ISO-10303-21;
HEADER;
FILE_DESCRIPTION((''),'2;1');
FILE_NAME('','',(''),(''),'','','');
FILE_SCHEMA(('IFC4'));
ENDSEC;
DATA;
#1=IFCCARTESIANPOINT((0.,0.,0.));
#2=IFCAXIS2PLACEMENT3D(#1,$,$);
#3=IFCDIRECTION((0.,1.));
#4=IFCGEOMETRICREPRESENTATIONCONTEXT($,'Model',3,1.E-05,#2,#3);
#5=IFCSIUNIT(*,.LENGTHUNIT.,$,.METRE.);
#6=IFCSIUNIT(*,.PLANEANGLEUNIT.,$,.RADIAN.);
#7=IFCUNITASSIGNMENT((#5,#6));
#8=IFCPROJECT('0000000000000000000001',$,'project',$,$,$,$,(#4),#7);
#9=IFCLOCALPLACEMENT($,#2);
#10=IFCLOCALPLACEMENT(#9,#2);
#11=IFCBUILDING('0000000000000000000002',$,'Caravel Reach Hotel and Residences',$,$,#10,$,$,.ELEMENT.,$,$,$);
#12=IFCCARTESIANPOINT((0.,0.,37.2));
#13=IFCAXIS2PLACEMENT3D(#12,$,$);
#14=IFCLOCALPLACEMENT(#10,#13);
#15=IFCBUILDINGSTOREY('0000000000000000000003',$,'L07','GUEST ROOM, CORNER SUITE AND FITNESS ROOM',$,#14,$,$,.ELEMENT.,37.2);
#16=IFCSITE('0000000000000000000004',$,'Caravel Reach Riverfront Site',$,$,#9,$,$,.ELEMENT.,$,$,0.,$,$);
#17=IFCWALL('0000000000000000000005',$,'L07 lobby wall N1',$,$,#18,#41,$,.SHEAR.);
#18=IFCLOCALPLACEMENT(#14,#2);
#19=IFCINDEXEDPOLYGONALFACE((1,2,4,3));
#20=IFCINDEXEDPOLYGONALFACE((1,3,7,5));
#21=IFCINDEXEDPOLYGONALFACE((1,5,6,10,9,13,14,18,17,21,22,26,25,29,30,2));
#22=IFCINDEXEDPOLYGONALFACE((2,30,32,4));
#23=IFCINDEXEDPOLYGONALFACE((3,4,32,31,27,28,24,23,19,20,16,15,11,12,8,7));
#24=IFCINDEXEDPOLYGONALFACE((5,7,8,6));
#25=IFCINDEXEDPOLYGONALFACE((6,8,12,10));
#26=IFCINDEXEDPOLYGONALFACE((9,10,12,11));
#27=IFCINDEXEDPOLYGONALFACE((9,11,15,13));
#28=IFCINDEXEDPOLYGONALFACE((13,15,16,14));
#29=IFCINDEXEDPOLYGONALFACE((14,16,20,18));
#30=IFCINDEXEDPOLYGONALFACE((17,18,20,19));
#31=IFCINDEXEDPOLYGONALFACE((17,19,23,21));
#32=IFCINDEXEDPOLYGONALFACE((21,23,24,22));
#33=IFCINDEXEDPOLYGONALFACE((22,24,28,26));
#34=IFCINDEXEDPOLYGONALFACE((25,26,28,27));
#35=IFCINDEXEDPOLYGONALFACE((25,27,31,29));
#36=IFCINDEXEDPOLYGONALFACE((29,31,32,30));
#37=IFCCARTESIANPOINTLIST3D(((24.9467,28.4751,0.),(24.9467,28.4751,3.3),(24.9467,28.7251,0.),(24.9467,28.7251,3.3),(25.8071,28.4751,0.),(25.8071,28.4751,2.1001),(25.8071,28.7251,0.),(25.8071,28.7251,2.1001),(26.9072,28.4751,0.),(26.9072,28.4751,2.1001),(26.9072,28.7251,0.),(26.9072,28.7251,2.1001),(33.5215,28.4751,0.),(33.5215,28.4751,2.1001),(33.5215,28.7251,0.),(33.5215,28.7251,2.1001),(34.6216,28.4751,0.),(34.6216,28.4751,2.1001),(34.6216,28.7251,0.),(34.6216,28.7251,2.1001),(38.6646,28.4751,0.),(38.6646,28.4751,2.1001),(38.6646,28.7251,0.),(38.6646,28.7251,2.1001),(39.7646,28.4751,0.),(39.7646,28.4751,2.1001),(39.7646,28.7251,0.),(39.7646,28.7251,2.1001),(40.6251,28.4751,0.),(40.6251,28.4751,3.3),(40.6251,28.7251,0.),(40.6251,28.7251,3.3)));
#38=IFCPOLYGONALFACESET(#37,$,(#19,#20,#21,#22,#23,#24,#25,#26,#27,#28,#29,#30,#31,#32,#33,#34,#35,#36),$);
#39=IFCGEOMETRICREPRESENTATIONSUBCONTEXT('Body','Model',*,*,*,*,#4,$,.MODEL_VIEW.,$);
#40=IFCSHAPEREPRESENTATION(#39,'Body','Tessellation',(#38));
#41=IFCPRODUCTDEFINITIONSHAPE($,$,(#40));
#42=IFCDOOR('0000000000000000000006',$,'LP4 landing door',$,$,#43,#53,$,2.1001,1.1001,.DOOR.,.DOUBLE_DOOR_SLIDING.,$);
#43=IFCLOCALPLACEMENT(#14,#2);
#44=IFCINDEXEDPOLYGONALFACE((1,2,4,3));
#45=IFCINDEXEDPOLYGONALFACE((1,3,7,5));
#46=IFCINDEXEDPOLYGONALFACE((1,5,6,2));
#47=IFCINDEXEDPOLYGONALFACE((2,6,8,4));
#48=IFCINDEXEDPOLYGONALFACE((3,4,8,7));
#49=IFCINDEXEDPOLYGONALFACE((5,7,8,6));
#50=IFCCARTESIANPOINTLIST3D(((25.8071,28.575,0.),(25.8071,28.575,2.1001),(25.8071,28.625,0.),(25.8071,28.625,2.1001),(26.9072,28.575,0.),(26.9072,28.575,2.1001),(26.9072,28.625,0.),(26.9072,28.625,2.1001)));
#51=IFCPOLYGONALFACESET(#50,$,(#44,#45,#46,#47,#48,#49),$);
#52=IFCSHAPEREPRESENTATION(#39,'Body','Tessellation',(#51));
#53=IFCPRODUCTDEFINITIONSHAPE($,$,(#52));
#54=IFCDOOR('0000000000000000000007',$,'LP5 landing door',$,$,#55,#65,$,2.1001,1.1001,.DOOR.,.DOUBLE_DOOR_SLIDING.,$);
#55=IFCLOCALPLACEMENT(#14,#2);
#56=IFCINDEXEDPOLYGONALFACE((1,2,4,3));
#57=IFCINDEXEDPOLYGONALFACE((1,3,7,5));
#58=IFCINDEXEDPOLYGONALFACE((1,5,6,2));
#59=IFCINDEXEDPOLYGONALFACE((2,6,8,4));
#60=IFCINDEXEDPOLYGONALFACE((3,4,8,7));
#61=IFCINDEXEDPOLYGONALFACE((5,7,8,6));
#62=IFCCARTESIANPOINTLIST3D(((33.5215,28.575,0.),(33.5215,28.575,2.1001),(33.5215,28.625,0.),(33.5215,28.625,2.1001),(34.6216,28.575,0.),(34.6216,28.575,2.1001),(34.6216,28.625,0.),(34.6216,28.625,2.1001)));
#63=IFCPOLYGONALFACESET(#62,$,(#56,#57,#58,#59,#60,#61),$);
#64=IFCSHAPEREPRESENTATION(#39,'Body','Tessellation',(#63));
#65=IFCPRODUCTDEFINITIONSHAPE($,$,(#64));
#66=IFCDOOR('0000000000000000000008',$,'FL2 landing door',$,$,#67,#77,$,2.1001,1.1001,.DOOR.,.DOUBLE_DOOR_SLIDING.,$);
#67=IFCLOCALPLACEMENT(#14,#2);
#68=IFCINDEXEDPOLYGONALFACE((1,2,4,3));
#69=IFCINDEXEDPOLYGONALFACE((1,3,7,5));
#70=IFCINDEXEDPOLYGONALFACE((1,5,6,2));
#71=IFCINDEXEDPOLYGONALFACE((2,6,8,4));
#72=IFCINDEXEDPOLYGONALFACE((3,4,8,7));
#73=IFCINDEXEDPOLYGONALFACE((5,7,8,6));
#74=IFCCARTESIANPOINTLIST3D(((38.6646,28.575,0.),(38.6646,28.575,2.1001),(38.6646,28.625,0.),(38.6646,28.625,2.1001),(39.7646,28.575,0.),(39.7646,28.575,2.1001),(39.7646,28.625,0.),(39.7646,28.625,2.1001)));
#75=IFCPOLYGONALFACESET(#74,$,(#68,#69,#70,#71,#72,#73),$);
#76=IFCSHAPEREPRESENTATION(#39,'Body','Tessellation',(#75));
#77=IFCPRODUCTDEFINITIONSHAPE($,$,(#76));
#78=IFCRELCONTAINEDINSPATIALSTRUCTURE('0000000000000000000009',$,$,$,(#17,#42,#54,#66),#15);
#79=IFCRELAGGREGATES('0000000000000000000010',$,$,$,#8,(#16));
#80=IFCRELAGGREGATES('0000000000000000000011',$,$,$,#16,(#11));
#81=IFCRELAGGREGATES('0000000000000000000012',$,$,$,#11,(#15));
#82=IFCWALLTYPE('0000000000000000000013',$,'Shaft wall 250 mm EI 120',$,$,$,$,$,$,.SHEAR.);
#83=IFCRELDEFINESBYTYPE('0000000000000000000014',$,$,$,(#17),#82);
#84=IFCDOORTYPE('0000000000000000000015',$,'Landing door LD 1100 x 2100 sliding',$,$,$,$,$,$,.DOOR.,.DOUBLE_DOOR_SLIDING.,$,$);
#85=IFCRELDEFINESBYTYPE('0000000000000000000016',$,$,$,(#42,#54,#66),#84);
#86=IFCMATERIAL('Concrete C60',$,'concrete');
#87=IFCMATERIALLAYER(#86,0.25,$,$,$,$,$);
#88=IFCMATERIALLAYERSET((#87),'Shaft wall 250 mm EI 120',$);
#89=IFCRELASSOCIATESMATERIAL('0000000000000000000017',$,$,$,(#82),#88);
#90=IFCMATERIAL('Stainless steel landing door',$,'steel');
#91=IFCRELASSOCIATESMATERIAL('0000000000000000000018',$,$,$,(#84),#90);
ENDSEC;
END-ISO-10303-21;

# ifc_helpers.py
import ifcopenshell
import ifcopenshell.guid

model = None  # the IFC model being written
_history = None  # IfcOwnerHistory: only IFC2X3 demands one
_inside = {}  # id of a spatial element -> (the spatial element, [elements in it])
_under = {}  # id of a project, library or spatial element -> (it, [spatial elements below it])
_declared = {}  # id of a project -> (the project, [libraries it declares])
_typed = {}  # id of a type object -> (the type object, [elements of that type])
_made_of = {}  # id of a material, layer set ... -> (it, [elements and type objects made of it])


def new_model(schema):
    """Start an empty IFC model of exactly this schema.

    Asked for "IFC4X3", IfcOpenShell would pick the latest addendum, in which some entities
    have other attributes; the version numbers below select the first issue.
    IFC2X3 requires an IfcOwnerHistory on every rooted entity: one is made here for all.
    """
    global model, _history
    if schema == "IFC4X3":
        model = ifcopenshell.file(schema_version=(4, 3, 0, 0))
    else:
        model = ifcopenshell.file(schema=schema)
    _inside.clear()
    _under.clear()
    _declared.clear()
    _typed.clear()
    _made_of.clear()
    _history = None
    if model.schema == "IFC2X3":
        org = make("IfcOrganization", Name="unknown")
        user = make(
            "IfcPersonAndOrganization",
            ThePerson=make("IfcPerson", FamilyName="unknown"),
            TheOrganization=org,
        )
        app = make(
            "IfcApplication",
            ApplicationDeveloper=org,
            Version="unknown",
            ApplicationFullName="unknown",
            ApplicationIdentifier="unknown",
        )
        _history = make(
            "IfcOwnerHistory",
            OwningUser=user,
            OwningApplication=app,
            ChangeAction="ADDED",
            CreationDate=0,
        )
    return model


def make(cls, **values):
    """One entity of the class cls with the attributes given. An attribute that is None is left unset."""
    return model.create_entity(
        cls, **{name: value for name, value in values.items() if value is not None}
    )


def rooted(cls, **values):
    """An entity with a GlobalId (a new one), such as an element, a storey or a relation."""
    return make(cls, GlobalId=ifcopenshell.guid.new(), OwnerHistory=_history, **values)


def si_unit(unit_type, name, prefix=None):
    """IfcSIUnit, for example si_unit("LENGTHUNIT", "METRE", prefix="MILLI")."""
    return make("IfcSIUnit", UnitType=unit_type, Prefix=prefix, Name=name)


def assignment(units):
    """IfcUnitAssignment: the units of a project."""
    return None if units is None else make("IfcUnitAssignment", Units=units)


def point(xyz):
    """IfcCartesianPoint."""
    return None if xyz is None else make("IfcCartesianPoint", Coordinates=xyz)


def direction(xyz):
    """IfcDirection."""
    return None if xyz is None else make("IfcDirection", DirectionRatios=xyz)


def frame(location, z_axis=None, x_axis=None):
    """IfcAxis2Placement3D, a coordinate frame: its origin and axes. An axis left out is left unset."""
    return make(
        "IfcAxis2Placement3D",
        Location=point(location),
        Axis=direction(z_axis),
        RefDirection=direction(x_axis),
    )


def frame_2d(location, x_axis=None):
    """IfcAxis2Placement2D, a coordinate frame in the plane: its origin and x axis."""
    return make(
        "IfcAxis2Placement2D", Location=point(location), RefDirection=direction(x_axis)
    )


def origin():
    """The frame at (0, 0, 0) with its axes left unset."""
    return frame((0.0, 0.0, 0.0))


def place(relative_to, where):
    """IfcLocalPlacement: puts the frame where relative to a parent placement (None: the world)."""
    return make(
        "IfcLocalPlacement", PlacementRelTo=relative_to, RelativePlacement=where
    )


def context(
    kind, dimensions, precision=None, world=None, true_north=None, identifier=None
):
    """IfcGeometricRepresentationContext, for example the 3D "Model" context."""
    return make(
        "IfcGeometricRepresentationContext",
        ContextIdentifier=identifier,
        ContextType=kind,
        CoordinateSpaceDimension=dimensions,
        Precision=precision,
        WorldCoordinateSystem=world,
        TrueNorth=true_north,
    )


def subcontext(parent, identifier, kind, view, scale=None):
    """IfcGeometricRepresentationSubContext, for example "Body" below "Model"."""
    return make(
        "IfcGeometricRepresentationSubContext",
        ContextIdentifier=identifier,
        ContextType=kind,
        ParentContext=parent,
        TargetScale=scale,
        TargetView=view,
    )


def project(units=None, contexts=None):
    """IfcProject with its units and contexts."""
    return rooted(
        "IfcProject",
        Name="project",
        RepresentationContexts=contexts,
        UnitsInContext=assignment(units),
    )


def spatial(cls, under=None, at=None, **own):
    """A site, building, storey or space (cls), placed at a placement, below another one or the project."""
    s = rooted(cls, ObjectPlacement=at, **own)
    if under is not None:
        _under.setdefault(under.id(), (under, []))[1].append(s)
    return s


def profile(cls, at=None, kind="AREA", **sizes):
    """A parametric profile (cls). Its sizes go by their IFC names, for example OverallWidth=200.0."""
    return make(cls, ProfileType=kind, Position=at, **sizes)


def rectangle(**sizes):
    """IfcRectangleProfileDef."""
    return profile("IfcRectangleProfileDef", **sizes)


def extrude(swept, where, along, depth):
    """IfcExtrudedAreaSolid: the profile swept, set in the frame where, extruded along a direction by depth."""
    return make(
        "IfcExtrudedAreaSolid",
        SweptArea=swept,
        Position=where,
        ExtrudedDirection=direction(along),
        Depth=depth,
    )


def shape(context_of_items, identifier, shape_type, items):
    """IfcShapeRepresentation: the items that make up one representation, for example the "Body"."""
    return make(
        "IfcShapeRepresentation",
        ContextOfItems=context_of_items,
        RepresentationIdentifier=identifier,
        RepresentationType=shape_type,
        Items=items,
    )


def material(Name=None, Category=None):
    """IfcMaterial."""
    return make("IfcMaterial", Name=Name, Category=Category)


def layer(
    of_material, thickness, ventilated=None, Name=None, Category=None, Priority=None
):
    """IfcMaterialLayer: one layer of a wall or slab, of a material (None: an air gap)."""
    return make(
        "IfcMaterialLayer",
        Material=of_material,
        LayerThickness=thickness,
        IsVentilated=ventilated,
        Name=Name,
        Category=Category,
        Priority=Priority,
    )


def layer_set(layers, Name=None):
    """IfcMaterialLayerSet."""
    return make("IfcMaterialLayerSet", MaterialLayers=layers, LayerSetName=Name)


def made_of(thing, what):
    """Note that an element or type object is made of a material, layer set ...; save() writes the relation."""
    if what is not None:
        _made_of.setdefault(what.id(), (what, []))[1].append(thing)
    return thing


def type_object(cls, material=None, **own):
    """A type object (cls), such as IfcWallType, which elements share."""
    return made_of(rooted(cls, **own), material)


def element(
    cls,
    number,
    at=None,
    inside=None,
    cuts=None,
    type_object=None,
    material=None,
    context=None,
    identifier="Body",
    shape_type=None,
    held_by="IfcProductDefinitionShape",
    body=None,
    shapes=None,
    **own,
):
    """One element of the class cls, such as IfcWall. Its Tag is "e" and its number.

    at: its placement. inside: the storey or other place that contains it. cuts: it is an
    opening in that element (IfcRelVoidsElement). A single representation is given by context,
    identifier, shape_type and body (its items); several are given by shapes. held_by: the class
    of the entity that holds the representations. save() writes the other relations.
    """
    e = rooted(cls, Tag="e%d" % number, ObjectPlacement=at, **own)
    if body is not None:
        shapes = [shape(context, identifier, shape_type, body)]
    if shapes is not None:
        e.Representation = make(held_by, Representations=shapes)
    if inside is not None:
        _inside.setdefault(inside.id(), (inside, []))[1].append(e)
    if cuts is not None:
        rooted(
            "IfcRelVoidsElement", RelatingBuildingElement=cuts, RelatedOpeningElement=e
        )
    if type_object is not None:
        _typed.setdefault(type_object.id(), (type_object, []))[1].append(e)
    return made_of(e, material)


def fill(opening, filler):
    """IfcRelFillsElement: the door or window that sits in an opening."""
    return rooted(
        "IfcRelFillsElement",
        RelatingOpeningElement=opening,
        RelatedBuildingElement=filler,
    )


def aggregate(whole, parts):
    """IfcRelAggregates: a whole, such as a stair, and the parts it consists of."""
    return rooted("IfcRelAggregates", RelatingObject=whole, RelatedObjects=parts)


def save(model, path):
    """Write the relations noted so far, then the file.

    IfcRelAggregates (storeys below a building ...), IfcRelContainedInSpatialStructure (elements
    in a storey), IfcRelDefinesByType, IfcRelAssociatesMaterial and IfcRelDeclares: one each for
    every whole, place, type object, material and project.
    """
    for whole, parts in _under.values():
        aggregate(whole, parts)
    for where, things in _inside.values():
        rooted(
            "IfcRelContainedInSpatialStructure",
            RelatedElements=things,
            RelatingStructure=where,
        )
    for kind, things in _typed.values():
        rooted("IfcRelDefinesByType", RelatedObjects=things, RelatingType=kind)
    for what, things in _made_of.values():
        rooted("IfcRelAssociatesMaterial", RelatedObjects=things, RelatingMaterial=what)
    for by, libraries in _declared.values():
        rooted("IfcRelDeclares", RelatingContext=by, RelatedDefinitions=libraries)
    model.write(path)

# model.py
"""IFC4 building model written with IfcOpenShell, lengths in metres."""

from ifc_helpers import new_model, si_unit, direction, frame, frame_2d, origin, place, context, subcontext, project, spatial, rectangle, extrude, material, layer, layer_set, type_object, element, fill, save


model = new_model("IFC4")

# Units and contexts
model_context = context("Model", 3, precision=1e-05, world=origin(), true_north=direction((0.0, 1.0)))
body_context = subcontext(model_context, "Body", "Model", "MODEL_VIEW")
ifc_project = project(units=[si_unit("LENGTHUNIT", "METRE"), si_unit("PLANEANGLEUNIT", "RADIAN")], contexts=[model_context])

# Site, building, storey
site_placement = place(None, origin())
site = spatial("IfcSite", under=ifc_project, at=site_placement, Name="Caravel Reach Riverfront Site", CompositionType="ELEMENT", RefElevation=0.0)
building_placement = place(site_placement, origin())
building = spatial("IfcBuilding", under=site, at=building_placement, Name="Caravel Reach Hotel and Residences", CompositionType="ELEMENT")
storey_placement = place(building_placement, frame((0.0, 0.0, 37.2)))
storey = spatial("IfcBuildingStorey", under=building, at=storey_placement, Name="L07", Description="GUEST ROOM, CORNER SUITE AND FITNESS ROOM", CompositionType="ELEMENT", Elevation=37.2)

# Wall, openings, doors
ifc_material_1 = material(Name="Concrete C60", Category="concrete")
ifc_layer_1 = layer(ifc_material_1, 0.25)
ifc_layer_set_1 = layer_set([ifc_layer_1], Name="Shaft wall 250 mm EI 120")
wall_type_1 = type_object("IfcWallType", Name="Shaft wall 250 mm EI 120", PredefinedType="SHEAR", material=ifc_layer_set_1)
ifc_material_2 = material(Name="Stainless steel landing door", Category="steel")
door_type_1 = type_object("IfcDoorType", Name="Landing door LD 1100 x 2100 sliding", OperationType="DOUBLE_DOOR_SLIDING", PredefinedType="DOOR", material=ifc_material_2)
wall_1_placement = place(storey_placement, frame((24.9465, 28.6001, 0.0), z_axis=(0.0, 0.0, 1.0), x_axis=(1.0, 0.0, 0.0)))
wall_1 = element("IfcWall", 1, at=wall_1_placement, inside=storey, type_object=wall_type_1, Name="L07 lobby wall N1", PredefinedType="SHEAR", context=body_context, shape_type="SweptSolid", body=[
    extrude(rectangle(XDim=15.6785, YDim=0.25, at=frame_2d((7.8394, 0.0))), origin(), (0.0, 0.0, 1.0), 3.3),
])
opening_1_placement = place(wall_1_placement, frame((0.8606, 0.0, 0.0)))
opening_1 = element("IfcOpeningElement", 2, at=opening_1_placement, cuts=wall_1, PredefinedType="OPENING", context=body_context, shape_type="SweptSolid", body=[
    extrude(rectangle(XDim=1.1001, YDim=2.1001, at=frame_2d((0.55, 1.05))), frame((0.0, 0.135, 0.0), z_axis=(0.0, -1.0, 0.0), x_axis=(1.0, 0.0, 0.0)), (0.0, 0.0, 1.0), 0.27),
])
opening_2_placement = place(wall_1_placement, frame((8.575, 0.0, 0.0)))
opening_2 = element("IfcOpeningElement", 3, at=opening_2_placement, cuts=wall_1, PredefinedType="OPENING", context=body_context, shape_type="SweptSolid", body=[
    extrude(rectangle(XDim=1.1001, YDim=2.1001, at=frame_2d((0.55, 1.05))), frame((0.0, 0.135, 0.0), z_axis=(0.0, -1.0, 0.0), x_axis=(1.0, 0.0, 0.0)), (0.0, 0.0, 1.0), 0.27),
])
opening_3_placement = place(wall_1_placement, frame((13.718, 0.0, 0.0)))
opening_3 = element("IfcOpeningElement", 4, at=opening_3_placement, cuts=wall_1, PredefinedType="OPENING", context=body_context, shape_type="SweptSolid", body=[
    extrude(rectangle(XDim=1.1001, YDim=2.1001, at=frame_2d((0.55, 1.05))), frame((0.0, 0.135, 0.0), z_axis=(0.0, -1.0, 0.0), x_axis=(1.0, 0.0, 0.0)), (0.0, 0.0, 1.0), 0.27),
])
door_1_placement = place(opening_1_placement, origin())
door_1 = element("IfcDoor", 5, at=door_1_placement, inside=storey, type_object=door_type_1, Name="LP4 landing door", OperationType="DOUBLE_DOOR_SLIDING", OverallHeight=2.1001, OverallWidth=1.1001, PredefinedType="DOOR", context=body_context, shape_type="SweptSolid", body=[
    extrude(rectangle(XDim=1.1001, YDim=2.1001, at=frame_2d((0.55, 1.05))), frame((0.0, 0.0249, 0.0), z_axis=(0.0, -1.0, 0.0), x_axis=(1.0, 0.0, 0.0)), (0.0, 0.0, 1.0), 0.05),
])
fill(opening_1, door_1)
door_2_placement = place(opening_2_placement, origin())
door_2 = element("IfcDoor", 6, at=door_2_placement, inside=storey, type_object=door_type_1, Name="LP5 landing door", OperationType="DOUBLE_DOOR_SLIDING", OverallHeight=2.1001, OverallWidth=1.1001, PredefinedType="DOOR", context=body_context, shape_type="SweptSolid", body=[
    extrude(rectangle(XDim=1.1001, YDim=2.1001, at=frame_2d((0.55, 1.05))), frame((0.0, 0.0249, 0.0), z_axis=(0.0, -1.0, 0.0), x_axis=(1.0, 0.0, 0.0)), (0.0, 0.0, 1.0), 0.05),
])
fill(opening_2, door_2)
door_3_placement = place(opening_3_placement, origin())
door_3 = element("IfcDoor", 7, at=door_3_placement, inside=storey, type_object=door_type_1, Name="FL2 landing door", OperationType="DOUBLE_DOOR_SLIDING", OverallHeight=2.1001, OverallWidth=1.1001, PredefinedType="DOOR", context=body_context, shape_type="SweptSolid", body=[
    extrude(rectangle(XDim=1.1001, YDim=2.1001, at=frame_2d((0.55, 1.05))), frame((0.0, 0.0249, 0.0), z_axis=(0.0, -1.0, 0.0), x_axis=(1.0, 0.0, 0.0)), (0.0, 0.0, 1.0), 0.05),
])
fill(opening_3, door_3)

save(model, "model.ifc")
